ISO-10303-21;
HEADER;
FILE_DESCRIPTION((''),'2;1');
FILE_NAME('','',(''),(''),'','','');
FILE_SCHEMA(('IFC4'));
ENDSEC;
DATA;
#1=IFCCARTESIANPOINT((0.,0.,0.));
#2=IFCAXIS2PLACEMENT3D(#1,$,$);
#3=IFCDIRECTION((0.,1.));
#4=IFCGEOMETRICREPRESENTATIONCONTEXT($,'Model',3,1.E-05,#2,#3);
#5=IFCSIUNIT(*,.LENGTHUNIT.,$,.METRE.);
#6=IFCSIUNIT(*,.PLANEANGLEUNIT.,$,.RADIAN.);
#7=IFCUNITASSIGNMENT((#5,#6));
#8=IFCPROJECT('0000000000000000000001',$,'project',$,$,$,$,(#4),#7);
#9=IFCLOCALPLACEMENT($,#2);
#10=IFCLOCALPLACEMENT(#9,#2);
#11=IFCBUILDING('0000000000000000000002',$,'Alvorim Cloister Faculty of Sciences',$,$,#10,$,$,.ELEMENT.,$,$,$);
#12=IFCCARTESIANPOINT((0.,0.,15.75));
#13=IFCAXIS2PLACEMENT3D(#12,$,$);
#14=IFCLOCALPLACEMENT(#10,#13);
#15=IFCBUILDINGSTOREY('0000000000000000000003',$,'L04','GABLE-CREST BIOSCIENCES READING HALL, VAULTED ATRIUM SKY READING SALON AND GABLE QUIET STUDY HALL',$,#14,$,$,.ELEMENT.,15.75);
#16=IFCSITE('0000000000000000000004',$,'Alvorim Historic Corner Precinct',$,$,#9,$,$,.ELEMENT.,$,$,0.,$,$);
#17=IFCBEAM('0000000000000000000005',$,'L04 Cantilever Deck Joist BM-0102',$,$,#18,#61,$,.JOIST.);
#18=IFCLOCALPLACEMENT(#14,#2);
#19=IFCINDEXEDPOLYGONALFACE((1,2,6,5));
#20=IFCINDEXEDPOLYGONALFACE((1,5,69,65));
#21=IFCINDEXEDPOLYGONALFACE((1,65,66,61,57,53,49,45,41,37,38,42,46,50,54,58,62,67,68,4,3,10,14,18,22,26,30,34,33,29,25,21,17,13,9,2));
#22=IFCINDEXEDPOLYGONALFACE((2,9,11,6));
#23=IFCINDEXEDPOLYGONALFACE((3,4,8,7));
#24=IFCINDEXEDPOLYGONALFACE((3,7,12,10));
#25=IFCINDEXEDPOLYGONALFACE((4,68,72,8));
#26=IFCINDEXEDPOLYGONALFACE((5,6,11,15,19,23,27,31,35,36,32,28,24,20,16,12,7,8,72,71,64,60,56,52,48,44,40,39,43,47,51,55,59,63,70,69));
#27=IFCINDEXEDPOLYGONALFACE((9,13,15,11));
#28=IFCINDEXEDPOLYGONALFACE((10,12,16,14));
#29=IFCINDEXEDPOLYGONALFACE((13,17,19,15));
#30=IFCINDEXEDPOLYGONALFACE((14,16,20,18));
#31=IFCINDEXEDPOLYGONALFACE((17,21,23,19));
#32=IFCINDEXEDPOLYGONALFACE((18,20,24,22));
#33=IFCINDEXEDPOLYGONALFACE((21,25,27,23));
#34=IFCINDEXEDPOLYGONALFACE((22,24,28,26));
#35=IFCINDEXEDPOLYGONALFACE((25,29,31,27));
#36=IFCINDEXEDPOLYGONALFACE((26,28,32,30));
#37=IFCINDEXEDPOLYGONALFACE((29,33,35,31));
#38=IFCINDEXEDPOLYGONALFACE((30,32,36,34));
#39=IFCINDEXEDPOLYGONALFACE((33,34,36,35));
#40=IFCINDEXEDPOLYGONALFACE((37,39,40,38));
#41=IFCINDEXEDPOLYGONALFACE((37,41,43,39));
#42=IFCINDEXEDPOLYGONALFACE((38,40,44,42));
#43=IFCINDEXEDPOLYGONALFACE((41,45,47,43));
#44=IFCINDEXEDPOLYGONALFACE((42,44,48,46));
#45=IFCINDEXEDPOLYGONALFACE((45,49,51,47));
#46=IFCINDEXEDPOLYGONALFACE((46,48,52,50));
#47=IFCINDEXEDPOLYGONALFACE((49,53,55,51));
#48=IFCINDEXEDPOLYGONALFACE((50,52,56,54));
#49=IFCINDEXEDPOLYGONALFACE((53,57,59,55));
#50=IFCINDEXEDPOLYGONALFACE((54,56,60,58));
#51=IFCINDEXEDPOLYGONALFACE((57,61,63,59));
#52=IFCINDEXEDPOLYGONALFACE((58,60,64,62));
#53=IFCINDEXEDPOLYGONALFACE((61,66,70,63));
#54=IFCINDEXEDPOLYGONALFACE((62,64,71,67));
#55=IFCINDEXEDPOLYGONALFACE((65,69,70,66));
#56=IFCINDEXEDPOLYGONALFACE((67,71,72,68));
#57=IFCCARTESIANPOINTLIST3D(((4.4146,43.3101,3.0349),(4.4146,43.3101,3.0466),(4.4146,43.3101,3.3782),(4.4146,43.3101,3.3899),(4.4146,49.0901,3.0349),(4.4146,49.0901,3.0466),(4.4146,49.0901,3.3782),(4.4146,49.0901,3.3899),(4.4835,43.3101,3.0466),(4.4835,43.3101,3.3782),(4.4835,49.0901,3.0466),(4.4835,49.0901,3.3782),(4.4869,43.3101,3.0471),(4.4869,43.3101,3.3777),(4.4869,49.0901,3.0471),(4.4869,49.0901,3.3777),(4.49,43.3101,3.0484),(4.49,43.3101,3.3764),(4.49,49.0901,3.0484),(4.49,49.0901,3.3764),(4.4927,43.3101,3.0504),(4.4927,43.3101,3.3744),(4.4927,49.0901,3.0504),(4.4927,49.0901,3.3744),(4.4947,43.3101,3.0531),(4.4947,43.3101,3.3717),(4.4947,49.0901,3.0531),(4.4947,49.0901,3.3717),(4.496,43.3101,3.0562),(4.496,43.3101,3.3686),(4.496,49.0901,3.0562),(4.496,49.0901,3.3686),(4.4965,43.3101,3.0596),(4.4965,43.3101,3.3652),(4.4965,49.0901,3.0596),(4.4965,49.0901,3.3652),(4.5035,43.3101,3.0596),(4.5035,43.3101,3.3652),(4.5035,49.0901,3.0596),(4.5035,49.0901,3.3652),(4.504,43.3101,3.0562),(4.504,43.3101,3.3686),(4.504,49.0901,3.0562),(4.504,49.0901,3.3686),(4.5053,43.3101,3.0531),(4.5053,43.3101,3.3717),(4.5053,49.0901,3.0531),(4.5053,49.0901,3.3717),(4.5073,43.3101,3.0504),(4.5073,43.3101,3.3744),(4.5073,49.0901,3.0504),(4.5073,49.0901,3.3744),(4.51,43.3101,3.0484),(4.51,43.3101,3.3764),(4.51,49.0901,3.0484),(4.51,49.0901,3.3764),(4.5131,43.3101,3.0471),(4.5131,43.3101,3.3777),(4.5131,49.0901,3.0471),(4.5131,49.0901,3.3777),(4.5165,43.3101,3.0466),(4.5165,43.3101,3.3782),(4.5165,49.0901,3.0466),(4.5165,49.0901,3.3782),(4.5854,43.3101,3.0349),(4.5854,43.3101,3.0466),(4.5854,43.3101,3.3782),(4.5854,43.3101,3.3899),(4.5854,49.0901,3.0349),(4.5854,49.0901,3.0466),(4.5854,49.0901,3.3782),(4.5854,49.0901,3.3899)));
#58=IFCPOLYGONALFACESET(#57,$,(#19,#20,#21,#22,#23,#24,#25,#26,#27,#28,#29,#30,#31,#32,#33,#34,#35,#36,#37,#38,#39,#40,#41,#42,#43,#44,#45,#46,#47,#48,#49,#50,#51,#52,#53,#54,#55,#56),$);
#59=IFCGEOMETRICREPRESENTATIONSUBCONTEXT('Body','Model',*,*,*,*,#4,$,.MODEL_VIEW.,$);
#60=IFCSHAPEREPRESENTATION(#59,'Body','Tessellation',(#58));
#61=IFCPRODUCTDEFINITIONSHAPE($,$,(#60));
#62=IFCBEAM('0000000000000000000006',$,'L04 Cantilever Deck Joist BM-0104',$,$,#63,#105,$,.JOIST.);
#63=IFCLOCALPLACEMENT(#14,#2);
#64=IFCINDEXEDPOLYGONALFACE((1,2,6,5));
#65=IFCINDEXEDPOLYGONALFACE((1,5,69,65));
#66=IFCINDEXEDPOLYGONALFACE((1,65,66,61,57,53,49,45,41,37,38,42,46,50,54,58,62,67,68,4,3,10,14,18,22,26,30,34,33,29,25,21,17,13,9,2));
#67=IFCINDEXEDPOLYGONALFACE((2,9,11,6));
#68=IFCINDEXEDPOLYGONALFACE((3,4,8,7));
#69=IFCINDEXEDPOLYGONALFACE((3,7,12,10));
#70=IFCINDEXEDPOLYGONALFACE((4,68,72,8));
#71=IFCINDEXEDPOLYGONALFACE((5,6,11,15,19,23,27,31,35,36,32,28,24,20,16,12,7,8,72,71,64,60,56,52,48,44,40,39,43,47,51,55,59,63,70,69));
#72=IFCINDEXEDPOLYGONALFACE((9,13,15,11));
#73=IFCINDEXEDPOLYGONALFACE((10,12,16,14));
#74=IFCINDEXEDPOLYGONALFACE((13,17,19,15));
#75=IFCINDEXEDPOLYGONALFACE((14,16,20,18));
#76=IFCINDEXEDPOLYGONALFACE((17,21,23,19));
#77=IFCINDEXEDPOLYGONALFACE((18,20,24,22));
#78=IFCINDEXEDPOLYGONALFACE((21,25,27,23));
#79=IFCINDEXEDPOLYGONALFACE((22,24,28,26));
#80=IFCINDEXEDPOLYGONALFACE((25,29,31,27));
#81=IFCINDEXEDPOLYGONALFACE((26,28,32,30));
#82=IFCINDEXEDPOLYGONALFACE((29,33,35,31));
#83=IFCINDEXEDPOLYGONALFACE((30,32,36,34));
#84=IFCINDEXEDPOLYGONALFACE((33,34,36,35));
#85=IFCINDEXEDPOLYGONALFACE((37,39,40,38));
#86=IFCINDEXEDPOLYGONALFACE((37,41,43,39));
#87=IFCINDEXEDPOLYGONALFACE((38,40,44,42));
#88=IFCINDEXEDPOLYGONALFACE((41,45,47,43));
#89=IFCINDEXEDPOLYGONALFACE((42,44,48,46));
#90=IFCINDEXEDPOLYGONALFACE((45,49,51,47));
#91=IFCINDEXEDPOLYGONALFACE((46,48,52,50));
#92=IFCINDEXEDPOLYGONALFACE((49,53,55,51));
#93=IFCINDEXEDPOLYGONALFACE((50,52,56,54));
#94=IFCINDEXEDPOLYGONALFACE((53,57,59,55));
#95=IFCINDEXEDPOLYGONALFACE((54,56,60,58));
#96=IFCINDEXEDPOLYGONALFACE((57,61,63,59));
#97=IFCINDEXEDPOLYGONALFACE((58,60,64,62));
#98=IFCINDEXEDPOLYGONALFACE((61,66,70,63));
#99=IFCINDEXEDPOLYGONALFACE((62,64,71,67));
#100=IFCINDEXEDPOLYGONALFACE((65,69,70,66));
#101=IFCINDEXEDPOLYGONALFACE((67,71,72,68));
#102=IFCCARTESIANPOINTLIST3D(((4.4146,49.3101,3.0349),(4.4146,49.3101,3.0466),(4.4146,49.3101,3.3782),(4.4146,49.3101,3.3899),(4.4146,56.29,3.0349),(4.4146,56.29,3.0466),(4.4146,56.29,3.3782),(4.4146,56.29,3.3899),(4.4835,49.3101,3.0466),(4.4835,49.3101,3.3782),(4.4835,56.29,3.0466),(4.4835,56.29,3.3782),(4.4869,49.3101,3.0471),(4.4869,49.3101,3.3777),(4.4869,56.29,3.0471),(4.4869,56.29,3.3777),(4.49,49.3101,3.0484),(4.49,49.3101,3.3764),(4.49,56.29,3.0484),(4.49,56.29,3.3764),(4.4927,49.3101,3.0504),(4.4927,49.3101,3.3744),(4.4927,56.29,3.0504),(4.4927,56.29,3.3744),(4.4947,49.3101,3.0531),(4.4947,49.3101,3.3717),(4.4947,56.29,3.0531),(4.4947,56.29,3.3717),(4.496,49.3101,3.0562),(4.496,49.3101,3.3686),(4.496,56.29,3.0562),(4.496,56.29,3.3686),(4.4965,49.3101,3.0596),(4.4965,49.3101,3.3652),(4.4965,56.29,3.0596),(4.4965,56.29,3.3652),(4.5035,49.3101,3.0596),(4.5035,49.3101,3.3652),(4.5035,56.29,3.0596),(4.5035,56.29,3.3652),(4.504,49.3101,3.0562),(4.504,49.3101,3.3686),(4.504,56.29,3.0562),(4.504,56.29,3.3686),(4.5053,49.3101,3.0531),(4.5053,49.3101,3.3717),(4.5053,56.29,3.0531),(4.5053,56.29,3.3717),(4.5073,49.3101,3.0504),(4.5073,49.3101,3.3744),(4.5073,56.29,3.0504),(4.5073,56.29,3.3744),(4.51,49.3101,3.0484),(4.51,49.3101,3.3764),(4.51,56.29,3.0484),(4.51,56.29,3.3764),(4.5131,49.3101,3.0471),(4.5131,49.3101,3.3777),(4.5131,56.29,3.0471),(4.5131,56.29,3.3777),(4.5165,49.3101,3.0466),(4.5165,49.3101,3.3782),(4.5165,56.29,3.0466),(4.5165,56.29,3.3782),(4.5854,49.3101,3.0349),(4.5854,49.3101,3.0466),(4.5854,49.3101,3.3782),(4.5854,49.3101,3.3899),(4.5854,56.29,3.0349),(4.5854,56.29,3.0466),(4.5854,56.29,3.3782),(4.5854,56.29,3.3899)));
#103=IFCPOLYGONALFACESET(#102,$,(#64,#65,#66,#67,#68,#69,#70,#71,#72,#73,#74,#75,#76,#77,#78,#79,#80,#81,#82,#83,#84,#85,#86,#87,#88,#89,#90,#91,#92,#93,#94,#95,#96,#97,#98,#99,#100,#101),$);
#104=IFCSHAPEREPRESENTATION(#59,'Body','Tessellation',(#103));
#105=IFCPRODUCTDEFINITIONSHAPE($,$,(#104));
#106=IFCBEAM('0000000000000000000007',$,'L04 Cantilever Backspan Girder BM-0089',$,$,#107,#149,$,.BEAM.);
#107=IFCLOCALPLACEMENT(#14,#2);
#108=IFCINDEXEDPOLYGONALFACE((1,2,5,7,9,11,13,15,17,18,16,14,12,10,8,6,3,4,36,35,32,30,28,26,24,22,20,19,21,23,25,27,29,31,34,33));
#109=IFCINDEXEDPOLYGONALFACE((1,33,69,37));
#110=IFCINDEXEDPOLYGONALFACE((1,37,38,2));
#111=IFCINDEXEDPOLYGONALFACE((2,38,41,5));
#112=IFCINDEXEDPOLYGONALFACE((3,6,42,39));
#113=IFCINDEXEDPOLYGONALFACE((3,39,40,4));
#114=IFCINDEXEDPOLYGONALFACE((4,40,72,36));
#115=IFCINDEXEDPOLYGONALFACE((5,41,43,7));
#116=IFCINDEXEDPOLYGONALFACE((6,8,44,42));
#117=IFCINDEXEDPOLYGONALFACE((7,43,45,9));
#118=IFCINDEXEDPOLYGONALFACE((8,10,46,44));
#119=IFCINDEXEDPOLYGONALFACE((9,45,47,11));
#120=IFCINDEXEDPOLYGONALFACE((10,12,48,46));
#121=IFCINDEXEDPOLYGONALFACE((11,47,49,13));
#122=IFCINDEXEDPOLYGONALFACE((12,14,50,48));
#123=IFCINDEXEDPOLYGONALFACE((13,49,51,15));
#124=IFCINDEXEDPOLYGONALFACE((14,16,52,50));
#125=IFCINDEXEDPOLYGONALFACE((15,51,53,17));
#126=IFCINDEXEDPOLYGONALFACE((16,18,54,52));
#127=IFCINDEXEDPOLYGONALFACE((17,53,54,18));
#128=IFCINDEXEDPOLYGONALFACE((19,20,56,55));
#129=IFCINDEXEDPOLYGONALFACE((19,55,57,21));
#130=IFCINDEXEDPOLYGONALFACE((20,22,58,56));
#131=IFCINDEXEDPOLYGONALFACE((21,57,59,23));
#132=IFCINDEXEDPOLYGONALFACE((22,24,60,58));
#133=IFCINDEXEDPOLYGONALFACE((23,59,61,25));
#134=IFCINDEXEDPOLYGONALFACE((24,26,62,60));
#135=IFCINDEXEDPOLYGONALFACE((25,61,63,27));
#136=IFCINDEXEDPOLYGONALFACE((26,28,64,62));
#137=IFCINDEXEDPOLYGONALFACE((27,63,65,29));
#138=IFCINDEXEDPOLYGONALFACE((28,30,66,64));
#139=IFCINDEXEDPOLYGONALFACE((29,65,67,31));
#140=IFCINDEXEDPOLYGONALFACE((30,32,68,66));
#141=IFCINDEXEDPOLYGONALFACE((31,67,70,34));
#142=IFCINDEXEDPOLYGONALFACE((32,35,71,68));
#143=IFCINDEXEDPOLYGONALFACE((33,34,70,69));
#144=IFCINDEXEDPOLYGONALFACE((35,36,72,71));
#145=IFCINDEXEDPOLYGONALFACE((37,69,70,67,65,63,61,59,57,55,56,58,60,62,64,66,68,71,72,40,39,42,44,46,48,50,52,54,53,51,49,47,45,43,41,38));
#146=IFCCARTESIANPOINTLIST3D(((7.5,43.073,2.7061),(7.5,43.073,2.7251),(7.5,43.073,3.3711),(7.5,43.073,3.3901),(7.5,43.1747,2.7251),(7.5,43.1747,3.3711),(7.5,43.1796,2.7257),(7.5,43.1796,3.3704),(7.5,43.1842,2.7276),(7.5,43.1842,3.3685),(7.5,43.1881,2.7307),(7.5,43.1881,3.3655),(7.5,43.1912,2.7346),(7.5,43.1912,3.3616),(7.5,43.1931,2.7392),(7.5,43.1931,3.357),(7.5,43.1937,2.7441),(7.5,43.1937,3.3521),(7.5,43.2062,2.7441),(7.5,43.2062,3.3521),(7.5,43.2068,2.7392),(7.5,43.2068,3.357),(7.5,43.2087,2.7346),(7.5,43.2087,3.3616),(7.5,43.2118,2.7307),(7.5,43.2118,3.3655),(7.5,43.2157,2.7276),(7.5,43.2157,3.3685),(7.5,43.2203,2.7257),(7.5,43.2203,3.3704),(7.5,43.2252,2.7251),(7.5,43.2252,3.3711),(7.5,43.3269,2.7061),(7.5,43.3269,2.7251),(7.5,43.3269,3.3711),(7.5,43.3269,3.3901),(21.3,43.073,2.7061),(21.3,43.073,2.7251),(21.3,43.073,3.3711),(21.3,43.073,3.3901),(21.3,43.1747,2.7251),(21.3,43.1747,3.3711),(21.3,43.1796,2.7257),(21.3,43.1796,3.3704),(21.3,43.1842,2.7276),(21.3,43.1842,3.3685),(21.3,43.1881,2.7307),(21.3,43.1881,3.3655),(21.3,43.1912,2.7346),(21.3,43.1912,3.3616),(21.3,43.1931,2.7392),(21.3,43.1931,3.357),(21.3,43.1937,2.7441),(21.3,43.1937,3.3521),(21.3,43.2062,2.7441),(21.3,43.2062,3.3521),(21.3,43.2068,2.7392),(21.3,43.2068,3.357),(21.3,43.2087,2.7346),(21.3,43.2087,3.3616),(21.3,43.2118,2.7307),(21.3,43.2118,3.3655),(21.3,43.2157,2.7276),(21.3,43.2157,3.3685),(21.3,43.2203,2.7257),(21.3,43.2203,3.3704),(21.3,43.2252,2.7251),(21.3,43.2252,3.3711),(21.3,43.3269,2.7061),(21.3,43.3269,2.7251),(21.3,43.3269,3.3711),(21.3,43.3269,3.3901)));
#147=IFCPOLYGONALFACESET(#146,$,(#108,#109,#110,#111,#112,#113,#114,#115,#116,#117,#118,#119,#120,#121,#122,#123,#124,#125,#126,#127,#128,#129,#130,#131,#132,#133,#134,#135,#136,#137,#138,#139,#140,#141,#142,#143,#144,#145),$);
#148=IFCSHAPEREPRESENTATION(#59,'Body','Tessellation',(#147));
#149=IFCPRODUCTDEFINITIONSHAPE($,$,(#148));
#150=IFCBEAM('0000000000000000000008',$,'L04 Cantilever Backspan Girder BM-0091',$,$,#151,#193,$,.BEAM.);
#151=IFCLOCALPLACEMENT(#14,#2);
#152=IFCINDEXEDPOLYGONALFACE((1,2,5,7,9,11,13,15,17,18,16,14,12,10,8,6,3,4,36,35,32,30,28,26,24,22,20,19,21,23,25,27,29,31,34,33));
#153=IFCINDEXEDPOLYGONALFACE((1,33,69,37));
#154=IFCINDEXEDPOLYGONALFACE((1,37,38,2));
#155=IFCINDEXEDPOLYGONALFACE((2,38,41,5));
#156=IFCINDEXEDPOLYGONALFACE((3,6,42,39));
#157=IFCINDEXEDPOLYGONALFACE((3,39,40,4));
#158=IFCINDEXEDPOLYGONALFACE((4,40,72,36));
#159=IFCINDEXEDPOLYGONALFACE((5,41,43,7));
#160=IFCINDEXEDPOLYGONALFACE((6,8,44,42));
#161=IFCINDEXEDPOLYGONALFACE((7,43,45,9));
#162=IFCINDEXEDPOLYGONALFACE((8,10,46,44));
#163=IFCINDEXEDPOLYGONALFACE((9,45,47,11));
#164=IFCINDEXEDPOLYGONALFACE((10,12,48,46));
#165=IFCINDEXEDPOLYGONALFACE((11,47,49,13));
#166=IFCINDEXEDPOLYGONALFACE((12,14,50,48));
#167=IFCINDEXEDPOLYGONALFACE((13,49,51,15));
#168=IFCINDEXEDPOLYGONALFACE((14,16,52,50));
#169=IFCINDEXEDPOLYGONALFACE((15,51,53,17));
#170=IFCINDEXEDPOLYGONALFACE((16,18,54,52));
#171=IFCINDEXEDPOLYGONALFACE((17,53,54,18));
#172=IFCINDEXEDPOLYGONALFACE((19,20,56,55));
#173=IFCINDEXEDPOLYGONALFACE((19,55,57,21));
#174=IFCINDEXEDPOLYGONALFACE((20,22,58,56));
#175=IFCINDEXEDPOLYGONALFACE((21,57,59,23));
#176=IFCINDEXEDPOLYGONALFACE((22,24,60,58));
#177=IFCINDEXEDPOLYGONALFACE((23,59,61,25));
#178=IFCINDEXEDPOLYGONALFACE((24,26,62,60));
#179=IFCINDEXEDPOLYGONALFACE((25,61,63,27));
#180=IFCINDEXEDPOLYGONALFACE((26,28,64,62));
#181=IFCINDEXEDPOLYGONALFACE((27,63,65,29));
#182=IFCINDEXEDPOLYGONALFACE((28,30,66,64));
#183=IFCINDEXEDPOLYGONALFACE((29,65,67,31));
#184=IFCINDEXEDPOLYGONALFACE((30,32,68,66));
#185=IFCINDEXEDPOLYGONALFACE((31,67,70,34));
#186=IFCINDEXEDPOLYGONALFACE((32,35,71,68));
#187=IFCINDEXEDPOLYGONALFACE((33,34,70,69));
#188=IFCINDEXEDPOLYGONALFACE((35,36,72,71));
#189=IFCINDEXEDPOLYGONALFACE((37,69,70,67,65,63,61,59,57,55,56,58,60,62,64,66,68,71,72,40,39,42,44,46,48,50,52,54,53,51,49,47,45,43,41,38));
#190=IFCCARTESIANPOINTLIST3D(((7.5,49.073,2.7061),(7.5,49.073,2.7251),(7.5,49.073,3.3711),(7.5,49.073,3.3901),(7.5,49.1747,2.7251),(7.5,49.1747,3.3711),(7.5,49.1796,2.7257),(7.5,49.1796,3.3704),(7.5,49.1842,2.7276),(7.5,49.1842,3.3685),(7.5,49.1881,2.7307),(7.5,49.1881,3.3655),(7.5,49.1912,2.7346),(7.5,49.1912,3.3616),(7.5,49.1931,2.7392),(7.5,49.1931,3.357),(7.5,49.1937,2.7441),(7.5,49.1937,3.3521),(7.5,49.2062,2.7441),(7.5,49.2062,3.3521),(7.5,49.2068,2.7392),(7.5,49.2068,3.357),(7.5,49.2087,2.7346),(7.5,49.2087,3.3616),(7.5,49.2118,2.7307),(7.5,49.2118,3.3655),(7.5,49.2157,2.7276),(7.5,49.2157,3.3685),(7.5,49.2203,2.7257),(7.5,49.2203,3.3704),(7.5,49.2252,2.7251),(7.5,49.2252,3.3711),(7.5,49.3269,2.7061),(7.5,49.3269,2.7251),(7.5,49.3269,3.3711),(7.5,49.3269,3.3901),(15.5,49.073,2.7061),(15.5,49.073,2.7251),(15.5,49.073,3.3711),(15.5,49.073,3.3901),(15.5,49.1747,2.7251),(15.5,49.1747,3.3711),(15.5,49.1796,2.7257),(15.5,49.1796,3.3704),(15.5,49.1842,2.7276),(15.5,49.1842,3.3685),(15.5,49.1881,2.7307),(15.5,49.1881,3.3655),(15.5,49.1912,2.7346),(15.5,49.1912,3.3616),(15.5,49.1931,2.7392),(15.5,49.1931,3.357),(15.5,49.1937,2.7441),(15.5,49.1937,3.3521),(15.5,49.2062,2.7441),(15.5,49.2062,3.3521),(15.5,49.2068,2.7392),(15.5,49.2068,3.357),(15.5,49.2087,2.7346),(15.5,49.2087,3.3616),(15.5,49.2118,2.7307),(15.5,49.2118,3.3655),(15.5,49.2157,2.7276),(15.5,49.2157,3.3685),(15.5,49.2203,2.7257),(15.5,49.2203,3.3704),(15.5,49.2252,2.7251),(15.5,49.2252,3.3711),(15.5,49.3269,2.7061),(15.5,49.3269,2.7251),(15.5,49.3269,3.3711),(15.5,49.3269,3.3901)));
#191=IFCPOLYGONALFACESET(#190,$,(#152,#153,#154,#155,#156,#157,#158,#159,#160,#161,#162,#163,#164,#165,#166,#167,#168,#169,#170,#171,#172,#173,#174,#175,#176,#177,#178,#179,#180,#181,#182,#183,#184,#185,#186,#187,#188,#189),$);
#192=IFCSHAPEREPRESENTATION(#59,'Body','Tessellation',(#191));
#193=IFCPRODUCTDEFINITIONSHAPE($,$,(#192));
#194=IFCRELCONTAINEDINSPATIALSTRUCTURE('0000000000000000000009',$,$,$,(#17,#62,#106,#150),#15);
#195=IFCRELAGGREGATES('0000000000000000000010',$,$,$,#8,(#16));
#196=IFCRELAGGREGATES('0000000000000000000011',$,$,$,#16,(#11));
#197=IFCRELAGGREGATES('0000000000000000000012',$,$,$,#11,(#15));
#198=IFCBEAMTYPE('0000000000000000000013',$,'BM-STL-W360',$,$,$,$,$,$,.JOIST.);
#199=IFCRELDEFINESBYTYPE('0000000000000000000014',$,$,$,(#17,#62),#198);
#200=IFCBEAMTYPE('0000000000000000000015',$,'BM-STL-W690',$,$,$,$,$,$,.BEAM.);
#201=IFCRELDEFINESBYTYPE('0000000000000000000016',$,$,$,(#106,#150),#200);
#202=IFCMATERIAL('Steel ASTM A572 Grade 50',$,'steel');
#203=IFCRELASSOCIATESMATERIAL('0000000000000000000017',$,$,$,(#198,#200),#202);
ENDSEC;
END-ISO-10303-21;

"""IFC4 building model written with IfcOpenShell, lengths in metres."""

from ifc_helpers import new_model, si_unit, direction, frame, origin, origin_2d, place, context, subcontext, project, spatial, i_section, extrude, material, material_profile, profile_set, type_object, element, save


model = new_model("IFC4")

# Units and contexts
model_context = context("Model", 3, precision=1e-05, world=origin(), true_north=direction((0.0, 1.0)))
body_context = subcontext(model_context, "Body", "Model", "MODEL_VIEW")
ifc_project = project(units=[si_unit("LENGTHUNIT", "METRE"), si_unit("PLANEANGLEUNIT", "RADIAN")], contexts=[model_context])

# Site, building, storey
site_placement = place(None, origin())
site = spatial("IfcSite", under=ifc_project, at=site_placement, Name="Alvorim Historic Corner Precinct", CompositionType="ELEMENT", RefElevation=0.0)
building_placement = place(site_placement, origin())
building = spatial("IfcBuilding", under=site, at=building_placement, Name="Alvorim Cloister Faculty of Sciences", CompositionType="ELEMENT")
storey_placement = place(building_placement, frame((0.0, 0.0, 15.75)))
storey = spatial("IfcBuildingStorey", under=building, at=storey_placement, Name="L04", Description="GABLE-CREST BIOSCIENCES READING HALL, VAULTED ATRIUM SKY READING SALON AND GABLE QUIET STUDY HALL", CompositionType="ELEMENT", Elevation=15.75)

# Beams
ifc_material_1 = material(Name="Steel ASTM A572 Grade 50", Category="steel")
ifc_material_profile_1 = material_profile(ifc_material_1, i_section(OverallWidth=0.1709, OverallDepth=0.355, WebThickness=0.0071, FlangeThickness=0.0117, FilletRadius=0.0129, at=origin_2d()), Name="W360x51.0")
ifc_profile_set_1 = profile_set([ifc_material_profile_1], Name="Steel ASTM A572 Grade 50")
beam_type_1 = type_object("IfcBeamType", Name="BM-STL-W360", PredefinedType="JOIST", material=ifc_profile_set_1)
beam_1_placement = place(storey_placement, frame((4.5, 43.3101, 3.2124), z_axis=(0.0, 1.0, 0.0), x_axis=(-1.0, 0.0, 0.0)))
element("IfcBeam", 1, at=beam_1_placement, inside=storey, type_object=beam_type_1, Name="L04 Cantilever Deck Joist BM-0102", PredefinedType="JOIST", context=body_context, shape_type="SweptSolid", body=[
    extrude(i_section(OverallWidth=0.1709, OverallDepth=0.355, WebThickness=0.0071, FlangeThickness=0.0117, FilletRadius=0.0129, at=origin_2d()), origin(), (0.0, 0.0, 1.0), 5.78),
])
beam_2_placement = place(storey_placement, frame((4.5, 49.3101, 3.2124), z_axis=(0.0, 1.0, 0.0), x_axis=(-1.0, 0.0, 0.0)))
element("IfcBeam", 2, at=beam_2_placement, inside=storey, type_object=beam_type_1, Name="L04 Cantilever Deck Joist BM-0104", PredefinedType="JOIST", context=body_context, shape_type="SweptSolid", body=[
    extrude(i_section(OverallWidth=0.1709, OverallDepth=0.355, WebThickness=0.0071, FlangeThickness=0.0117, FilletRadius=0.0129, at=origin_2d()), origin(), (0.0, 0.0, 1.0), 6.98),
])
ifc_material_profile_2 = material_profile(ifc_material_1, i_section(OverallWidth=0.2539, OverallDepth=0.6841, WebThickness=0.0125, FlangeThickness=0.019, FilletRadius=0.019, at=origin_2d()), Name="W690x140.0")
ifc_profile_set_2 = profile_set([ifc_material_profile_2], Name="Steel ASTM A572 Grade 50")
beam_type_2 = type_object("IfcBeamType", Name="BM-STL-W690", PredefinedType="BEAM", material=ifc_profile_set_2)
beam_3_placement = place(storey_placement, frame((7.5, 43.2, 3.0481), z_axis=(1.0, 0.0, 0.0), x_axis=(0.0, 1.0, 0.0)))
element("IfcBeam", 3, at=beam_3_placement, inside=storey, type_object=beam_type_2, Name="L04 Cantilever Backspan Girder BM-0089", PredefinedType="BEAM", context=body_context, shape_type="SweptSolid", body=[
    extrude(i_section(OverallWidth=0.2539, OverallDepth=0.6841, WebThickness=0.0125, FlangeThickness=0.019, FilletRadius=0.019, at=origin_2d()), origin(), (0.0, 0.0, 1.0), 13.8),
])
beam_4_placement = place(storey_placement, frame((7.5, 49.2, 3.0481), z_axis=(1.0, 0.0, 0.0), x_axis=(0.0, 1.0, 0.0)))
element("IfcBeam", 4, at=beam_4_placement, inside=storey, type_object=beam_type_2, Name="L04 Cantilever Backspan Girder BM-0091", PredefinedType="BEAM", context=body_context, shape_type="SweptSolid", body=[
    extrude(i_section(OverallWidth=0.2539, OverallDepth=0.6841, WebThickness=0.0125, FlangeThickness=0.019, FilletRadius=0.019, at=origin_2d()), origin(), (0.0, 0.0, 1.0), 8.0),
])

save(model, "model.ifc")
